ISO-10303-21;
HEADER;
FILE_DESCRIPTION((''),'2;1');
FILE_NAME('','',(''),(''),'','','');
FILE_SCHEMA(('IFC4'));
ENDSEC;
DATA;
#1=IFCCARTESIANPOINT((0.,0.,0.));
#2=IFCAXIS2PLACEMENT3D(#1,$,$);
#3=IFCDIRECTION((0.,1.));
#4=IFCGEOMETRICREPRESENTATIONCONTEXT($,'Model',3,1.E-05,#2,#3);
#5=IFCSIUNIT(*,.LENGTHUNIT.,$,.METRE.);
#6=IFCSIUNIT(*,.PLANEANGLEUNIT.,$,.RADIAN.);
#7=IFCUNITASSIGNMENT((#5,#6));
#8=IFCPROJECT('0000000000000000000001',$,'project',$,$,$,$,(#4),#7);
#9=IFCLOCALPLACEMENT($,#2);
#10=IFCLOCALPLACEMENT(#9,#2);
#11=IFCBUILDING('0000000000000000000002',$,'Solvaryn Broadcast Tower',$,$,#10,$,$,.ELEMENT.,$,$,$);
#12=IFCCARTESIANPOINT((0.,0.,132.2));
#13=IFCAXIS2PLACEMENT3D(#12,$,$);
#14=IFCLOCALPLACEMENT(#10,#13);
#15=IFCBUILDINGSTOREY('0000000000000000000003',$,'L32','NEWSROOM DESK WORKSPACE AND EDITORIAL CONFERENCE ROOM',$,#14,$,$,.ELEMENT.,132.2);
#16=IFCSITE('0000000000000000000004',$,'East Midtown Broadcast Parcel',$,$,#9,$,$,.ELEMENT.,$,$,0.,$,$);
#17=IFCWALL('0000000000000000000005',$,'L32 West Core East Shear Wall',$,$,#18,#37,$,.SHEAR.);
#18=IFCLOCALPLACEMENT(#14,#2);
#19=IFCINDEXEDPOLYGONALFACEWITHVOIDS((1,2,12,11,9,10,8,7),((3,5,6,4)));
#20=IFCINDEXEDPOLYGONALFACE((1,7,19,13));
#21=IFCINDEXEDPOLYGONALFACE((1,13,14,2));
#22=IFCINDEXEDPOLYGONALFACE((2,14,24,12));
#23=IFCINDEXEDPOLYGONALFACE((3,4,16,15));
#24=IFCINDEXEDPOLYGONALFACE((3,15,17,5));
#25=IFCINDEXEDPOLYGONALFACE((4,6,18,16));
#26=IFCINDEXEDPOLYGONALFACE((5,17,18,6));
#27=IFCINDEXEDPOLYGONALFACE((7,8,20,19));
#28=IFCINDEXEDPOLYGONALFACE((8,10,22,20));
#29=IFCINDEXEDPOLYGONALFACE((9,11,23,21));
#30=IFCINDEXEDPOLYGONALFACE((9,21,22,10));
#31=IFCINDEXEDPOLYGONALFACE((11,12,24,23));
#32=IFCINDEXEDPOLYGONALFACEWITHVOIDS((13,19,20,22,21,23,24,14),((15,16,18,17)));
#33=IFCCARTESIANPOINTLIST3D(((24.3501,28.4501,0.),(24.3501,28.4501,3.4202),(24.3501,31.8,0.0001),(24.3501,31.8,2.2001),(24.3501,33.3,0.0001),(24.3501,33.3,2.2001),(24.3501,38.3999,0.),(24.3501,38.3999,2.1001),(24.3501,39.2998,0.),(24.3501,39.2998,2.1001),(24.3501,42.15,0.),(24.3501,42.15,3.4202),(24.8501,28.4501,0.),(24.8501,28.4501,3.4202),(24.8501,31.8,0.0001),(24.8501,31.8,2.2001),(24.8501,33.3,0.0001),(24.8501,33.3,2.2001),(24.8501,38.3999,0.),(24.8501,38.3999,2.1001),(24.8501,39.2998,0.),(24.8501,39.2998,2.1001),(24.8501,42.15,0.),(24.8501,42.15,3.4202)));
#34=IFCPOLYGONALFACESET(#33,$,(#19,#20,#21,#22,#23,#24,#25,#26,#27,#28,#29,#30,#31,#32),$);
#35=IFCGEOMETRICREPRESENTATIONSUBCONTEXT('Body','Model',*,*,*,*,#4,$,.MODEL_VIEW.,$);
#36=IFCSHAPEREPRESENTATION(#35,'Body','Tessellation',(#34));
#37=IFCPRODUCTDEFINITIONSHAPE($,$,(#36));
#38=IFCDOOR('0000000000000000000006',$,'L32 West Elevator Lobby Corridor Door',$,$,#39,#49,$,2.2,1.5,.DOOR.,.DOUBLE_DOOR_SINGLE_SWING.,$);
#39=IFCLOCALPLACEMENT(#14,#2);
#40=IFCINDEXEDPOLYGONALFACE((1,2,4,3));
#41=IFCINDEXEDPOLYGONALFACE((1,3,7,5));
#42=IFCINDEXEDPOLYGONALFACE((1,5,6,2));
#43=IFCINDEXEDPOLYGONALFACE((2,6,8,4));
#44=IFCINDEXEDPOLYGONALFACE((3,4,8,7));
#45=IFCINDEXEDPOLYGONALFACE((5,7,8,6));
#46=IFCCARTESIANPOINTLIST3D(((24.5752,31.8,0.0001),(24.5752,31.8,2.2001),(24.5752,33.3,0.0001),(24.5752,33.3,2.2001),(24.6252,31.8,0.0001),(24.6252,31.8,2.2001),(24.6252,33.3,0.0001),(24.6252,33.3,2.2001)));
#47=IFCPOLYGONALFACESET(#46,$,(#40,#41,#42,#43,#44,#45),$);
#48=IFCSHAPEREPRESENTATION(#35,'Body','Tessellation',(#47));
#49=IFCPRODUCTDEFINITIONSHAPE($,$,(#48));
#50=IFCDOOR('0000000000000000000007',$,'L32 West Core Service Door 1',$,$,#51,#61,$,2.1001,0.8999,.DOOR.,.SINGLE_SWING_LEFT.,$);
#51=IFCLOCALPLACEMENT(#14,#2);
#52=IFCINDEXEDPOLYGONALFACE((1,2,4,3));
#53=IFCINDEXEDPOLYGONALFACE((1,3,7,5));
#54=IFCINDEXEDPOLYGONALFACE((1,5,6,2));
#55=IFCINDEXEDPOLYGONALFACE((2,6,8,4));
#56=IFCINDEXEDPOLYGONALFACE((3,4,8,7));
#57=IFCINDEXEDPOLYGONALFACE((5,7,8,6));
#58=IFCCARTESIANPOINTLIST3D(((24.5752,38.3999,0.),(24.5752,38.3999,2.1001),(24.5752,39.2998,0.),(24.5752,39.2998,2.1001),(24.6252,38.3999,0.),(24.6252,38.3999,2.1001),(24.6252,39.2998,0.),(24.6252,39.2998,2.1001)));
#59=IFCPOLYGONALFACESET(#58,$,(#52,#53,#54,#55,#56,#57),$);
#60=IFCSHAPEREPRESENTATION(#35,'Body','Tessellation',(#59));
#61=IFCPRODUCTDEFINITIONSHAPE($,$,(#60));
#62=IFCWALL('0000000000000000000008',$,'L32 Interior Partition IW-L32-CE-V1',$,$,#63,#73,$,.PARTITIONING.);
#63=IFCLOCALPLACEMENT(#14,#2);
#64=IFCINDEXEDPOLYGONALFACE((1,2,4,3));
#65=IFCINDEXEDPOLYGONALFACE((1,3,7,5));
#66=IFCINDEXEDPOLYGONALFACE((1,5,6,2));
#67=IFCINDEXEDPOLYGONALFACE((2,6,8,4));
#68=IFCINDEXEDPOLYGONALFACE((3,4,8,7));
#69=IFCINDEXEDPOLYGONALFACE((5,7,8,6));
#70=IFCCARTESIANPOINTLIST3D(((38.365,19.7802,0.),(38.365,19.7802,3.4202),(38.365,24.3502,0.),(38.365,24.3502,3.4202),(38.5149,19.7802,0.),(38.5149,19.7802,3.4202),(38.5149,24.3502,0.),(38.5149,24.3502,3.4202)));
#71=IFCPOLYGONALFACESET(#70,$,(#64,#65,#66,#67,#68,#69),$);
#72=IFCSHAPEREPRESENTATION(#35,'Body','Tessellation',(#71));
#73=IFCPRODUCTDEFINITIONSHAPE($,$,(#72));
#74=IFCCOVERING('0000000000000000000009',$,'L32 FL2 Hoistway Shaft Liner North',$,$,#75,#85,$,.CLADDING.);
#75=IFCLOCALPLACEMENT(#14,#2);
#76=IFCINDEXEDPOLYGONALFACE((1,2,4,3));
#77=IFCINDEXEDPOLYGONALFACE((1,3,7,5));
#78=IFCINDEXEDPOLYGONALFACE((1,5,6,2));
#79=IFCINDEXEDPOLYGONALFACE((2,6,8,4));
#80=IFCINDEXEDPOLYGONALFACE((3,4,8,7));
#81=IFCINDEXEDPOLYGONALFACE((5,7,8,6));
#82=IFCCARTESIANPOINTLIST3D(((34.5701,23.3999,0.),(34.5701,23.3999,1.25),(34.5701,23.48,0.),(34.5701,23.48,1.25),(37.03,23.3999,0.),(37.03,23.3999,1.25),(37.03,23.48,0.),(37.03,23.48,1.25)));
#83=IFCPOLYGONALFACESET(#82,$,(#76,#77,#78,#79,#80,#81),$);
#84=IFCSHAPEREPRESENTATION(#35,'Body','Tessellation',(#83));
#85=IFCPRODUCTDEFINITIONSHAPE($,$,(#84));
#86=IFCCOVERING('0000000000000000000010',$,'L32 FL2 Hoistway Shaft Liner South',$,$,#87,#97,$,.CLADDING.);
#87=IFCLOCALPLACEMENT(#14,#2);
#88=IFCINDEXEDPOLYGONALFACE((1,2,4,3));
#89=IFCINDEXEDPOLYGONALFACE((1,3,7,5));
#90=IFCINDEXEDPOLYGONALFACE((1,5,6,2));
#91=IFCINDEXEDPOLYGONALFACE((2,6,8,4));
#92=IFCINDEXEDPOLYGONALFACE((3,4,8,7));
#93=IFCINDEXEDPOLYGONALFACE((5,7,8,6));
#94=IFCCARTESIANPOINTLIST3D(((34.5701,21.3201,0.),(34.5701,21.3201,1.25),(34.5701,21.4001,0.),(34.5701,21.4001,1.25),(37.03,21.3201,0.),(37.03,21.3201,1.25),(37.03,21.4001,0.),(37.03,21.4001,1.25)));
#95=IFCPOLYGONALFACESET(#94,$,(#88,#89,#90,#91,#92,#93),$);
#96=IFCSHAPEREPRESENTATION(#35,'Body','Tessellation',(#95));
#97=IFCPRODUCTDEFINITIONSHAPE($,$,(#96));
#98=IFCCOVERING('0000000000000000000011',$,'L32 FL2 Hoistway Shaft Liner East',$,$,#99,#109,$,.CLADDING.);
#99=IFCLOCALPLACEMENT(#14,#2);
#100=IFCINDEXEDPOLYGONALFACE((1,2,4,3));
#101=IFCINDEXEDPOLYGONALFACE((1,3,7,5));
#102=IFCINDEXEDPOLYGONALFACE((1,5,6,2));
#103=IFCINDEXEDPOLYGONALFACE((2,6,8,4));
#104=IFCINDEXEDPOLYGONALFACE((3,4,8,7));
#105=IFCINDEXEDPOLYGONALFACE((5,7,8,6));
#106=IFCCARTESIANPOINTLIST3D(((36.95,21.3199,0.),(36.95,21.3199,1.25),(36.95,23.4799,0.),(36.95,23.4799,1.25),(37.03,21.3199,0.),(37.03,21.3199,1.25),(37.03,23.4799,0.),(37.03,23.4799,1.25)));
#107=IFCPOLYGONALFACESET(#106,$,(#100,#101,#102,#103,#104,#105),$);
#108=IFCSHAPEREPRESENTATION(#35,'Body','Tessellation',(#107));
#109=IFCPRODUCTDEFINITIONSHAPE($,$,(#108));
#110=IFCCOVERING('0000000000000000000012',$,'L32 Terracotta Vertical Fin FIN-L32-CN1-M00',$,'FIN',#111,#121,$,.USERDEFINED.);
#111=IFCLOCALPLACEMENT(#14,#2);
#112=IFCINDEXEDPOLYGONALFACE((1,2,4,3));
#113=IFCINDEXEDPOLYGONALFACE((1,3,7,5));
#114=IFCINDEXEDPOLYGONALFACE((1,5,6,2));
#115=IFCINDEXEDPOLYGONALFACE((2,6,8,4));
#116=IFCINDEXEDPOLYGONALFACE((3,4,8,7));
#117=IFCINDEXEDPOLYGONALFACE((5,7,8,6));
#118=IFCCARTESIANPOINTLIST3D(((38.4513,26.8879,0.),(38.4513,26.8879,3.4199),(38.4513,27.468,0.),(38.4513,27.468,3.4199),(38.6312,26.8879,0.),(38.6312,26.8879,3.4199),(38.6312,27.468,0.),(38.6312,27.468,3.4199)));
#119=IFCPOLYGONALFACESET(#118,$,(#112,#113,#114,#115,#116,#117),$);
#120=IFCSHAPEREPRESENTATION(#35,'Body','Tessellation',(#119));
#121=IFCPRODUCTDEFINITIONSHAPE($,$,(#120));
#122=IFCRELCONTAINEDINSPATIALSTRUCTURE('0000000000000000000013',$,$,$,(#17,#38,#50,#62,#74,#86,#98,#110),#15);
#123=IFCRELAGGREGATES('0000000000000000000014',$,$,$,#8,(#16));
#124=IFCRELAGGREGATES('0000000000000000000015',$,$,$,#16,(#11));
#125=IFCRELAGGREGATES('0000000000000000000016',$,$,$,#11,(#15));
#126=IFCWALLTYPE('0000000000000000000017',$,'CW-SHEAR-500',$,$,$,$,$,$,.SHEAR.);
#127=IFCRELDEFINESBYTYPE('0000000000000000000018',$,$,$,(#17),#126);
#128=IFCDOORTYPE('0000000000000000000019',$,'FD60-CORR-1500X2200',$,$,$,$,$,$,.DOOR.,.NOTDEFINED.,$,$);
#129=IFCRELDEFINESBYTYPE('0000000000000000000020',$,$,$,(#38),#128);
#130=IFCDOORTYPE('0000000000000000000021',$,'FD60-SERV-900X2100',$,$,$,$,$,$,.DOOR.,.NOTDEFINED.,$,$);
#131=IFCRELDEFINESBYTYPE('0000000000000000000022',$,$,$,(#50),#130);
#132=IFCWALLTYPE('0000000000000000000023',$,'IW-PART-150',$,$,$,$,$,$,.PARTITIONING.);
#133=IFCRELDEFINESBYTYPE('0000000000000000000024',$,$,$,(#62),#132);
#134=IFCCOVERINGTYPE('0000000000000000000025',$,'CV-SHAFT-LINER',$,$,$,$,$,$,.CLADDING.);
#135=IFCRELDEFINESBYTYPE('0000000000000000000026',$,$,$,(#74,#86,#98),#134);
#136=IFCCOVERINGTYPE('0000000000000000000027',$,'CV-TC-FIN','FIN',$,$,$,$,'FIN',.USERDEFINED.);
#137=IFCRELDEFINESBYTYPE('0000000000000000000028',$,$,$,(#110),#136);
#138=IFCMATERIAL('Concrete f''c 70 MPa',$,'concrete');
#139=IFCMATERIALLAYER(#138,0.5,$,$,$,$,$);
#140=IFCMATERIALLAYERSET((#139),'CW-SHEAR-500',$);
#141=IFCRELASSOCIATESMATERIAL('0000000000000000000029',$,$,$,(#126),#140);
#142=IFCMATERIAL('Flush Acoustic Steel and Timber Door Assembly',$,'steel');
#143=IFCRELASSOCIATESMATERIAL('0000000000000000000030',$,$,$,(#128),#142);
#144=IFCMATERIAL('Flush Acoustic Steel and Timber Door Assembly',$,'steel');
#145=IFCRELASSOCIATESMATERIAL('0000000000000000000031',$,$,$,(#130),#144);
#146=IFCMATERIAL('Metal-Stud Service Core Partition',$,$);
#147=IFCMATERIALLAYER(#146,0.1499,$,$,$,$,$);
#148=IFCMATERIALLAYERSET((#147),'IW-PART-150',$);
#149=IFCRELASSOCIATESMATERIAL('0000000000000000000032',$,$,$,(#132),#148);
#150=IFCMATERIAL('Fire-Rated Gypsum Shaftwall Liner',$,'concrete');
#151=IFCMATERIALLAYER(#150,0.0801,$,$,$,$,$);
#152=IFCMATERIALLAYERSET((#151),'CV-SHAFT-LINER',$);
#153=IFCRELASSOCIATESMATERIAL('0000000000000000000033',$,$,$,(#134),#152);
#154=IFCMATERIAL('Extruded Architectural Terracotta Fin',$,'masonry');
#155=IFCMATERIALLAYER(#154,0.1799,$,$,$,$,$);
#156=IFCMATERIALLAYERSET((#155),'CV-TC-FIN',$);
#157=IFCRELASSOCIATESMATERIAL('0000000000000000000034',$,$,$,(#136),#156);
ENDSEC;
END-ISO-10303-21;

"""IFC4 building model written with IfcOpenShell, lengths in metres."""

from ifc_helpers import new_model, si_unit, direction, frame, frame_2d, origin, origin_2d, place, context, subcontext, project, spatial, rectangle, extrude, material, layer, layer_set, type_object, element, fill, save


model = new_model("IFC4")

# Units and contexts
model_context = context("Model", 3, precision=1e-05, world=origin(), true_north=direction((0.0, 1.0)))
body_context = subcontext(model_context, "Body", "Model", "MODEL_VIEW")
ifc_project = project(units=[si_unit("LENGTHUNIT", "METRE"), si_unit("PLANEANGLEUNIT", "RADIAN")], contexts=[model_context])

# Site, building, storey
site_placement = place(None, origin())
site = spatial("IfcSite", under=ifc_project, at=site_placement, Name="East Midtown Broadcast Parcel", CompositionType="ELEMENT", RefElevation=0.0)
building_placement = place(site_placement, origin())
building = spatial("IfcBuilding", under=site, at=building_placement, Name="Solvaryn Broadcast Tower", CompositionType="ELEMENT")
storey_placement = place(building_placement, frame((0.0, 0.0, 132.2)))
storey = spatial("IfcBuildingStorey", under=building, at=storey_placement, Name="L32", Description="NEWSROOM DESK WORKSPACE AND EDITORIAL CONFERENCE ROOM", CompositionType="ELEMENT", Elevation=132.2)

# Wall, openings, doors
ifc_material_1 = material(Name="Concrete f'c 70 MPa", Category="concrete")
ifc_layer_1 = layer(ifc_material_1, 0.5)
ifc_layer_set_1 = layer_set([ifc_layer_1], Name="CW-SHEAR-500")
wall_type_1 = type_object("IfcWallType", Name="CW-SHEAR-500", PredefinedType="SHEAR", material=ifc_layer_set_1)
wall_1_placement = place(storey_placement, frame((24.6001, 28.45, 0.0), z_axis=(0.0, 0.0, 1.0), x_axis=(0.0, 1.0, 0.0)))
wall_1 = element("IfcWall", 1, at=wall_1_placement, inside=storey, type_object=wall_type_1, Name="L32 West Core East Shear Wall", PredefinedType="SHEAR", context=body_context, shape_type="SweptSolid", body=[
    extrude(rectangle(XDim=13.7, YDim=0.5, at=frame_2d((6.8501, 0.0))), origin(), (0.0, 0.0, 1.0), 3.4202),
])
opening_1_placement = place(wall_1_placement, frame((3.3501, 0.0, 0.0)))
opening_1 = element("IfcOpeningElement", 2, at=opening_1_placement, cuts=wall_1, PredefinedType="OPENING", context=body_context, shape_type="SweptSolid", body=[
    extrude(rectangle(XDim=1.5, YDim=2.2, at=frame_2d((0.75, 1.1001))), frame((0.0, 0.26, 0.0), z_axis=(0.0, -1.0, 0.0), x_axis=(1.0, 0.0, 0.0)), (0.0, 0.0, 1.0), 0.52),
])
opening_2_placement = place(wall_1_placement, frame((9.95, 0.0, 0.0)))
opening_2 = element("IfcOpeningElement", 3, at=opening_2_placement, cuts=wall_1, PredefinedType="OPENING", context=body_context, shape_type="SweptSolid", body=[
    extrude(rectangle(XDim=0.8999, YDim=2.1001, at=frame_2d((0.45, 1.05))), frame((0.0, 0.26, 0.0), z_axis=(0.0, -1.0, 0.0), x_axis=(1.0, 0.0, 0.0)), (0.0, 0.0, 1.0), 0.52),
])
ifc_material_2 = material(Name="Flush Acoustic Steel and Timber Door Assembly", Category="steel")
door_type_1 = type_object("IfcDoorType", Name="FD60-CORR-1500X2200", OperationType="NOTDEFINED", PredefinedType="DOOR", material=ifc_material_2)
door_1_placement = place(opening_1_placement, origin())
door_1 = element("IfcDoor", 4, at=door_1_placement, inside=storey, type_object=door_type_1, Name="L32 West Elevator Lobby Corridor Door", OperationType="DOUBLE_DOOR_SINGLE_SWING", OverallHeight=2.2, OverallWidth=1.5, PredefinedType="DOOR", context=body_context, shape_type="SweptSolid", body=[
    extrude(rectangle(XDim=1.5, YDim=2.2, at=frame_2d((0.75, 1.1001))), frame((0.0, 0.0249, 0.0), z_axis=(0.0, -1.0, 0.0), x_axis=(1.0, 0.0, 0.0)), (0.0, 0.0, 1.0), 0.05),
])
fill(opening_1, door_1)
ifc_material_3 = material(Name="Flush Acoustic Steel and Timber Door Assembly", Category="steel")
door_type_2 = type_object("IfcDoorType", Name="FD60-SERV-900X2100", OperationType="NOTDEFINED", PredefinedType="DOOR", material=ifc_material_3)
door_2_placement = place(opening_2_placement, origin())
door_2 = element("IfcDoor", 5, at=door_2_placement, inside=storey, type_object=door_type_2, Name="L32 West Core Service Door 1", OperationType="SINGLE_SWING_LEFT", OverallHeight=2.1001, OverallWidth=0.8999, PredefinedType="DOOR", context=body_context, shape_type="SweptSolid", body=[
    extrude(rectangle(XDim=0.8999, YDim=2.1001, at=frame_2d((0.45, 1.05))), frame((0.0, 0.0249, 0.0), z_axis=(0.0, -1.0, 0.0), x_axis=(1.0, 0.0, 0.0)), (0.0, 0.0, 1.0), 0.05),
])
fill(opening_2, door_2)

# Wall
ifc_material_4 = material(Name="Metal-Stud Service Core Partition")
ifc_layer_2 = layer(ifc_material_4, 0.1499)
ifc_layer_set_2 = layer_set([ifc_layer_2], Name="IW-PART-150")
wall_type_2 = type_object("IfcWallType", Name="IW-PART-150", PredefinedType="PARTITIONING", material=ifc_layer_set_2)
wall_2_placement = place(storey_placement, frame((38.4399, 19.78, 0.0), z_axis=(0.0, 0.0, 1.0), x_axis=(0.0, 1.0, 0.0)))
element("IfcWall", 6, at=wall_2_placement, inside=storey, type_object=wall_type_2, Name="L32 Interior Partition IW-L32-CE-V1", PredefinedType="PARTITIONING", context=body_context, shape_type="SweptSolid", body=[
    extrude(rectangle(XDim=4.5701, YDim=0.1499, at=frame_2d((2.2852, 0.0))), origin(), (0.0, 0.0, 1.0), 3.4202),
])

# Coverings
ifc_material_5 = material(Name="Fire-Rated Gypsum Shaftwall Liner", Category="concrete")
ifc_layer_3 = layer(ifc_material_5, 0.0801)
ifc_layer_set_3 = layer_set([ifc_layer_3], Name="CV-SHAFT-LINER")
covering_type_1 = type_object("IfcCoveringType", Name="CV-SHAFT-LINER", PredefinedType="CLADDING", material=ifc_layer_set_3)
for number, where, z_axis, x_axis, name in (
    (7, (35.8, 23.4399, 0.0), (0.0, 0.0, 1.0), (1.0, 0.0, 0.0), "L32 FL2 Hoistway Shaft Liner North"),
    (8, (35.8, 21.3601, 0.0), (0.0, 0.0, 1.0), (1.0, 0.0, 0.0), "L32 FL2 Hoistway Shaft Liner South"),
):
    element("IfcCovering", number, at=place(storey_placement, frame(where, z_axis=z_axis, x_axis=x_axis)), inside=storey, type_object=covering_type_1, Name=name, PredefinedType="CLADDING", context=body_context, shape_type="SweptSolid", body=[
        extrude(rectangle(XDim=2.46, YDim=0.0801, at=origin_2d()), origin(), (0.0, 0.0, 1.0), 1.25),
    ])
covering_1_placement = place(storey_placement, frame((36.99, 22.3999, 0.0), z_axis=(0.0, 0.0, 1.0), x_axis=(1.0, 0.0, 0.0)))
element("IfcCovering", 9, at=covering_1_placement, inside=storey, type_object=covering_type_1, Name="L32 FL2 Hoistway Shaft Liner East", PredefinedType="CLADDING", context=body_context, shape_type="SweptSolid", body=[
    extrude(rectangle(XDim=0.0801, YDim=2.1599, at=origin_2d()), origin(), (0.0, 0.0, 1.0), 1.25),
])
ifc_material_6 = material(Name="Extruded Architectural Terracotta Fin", Category="masonry")
ifc_layer_4 = layer(ifc_material_6, 0.1799)
ifc_layer_set_4 = layer_set([ifc_layer_4], Name="CV-TC-FIN")
covering_type_2 = type_object("IfcCoveringType", Name="CV-TC-FIN", Description="FIN", ElementType="FIN", PredefinedType="USERDEFINED", material=ifc_layer_set_4)
covering_2_placement = place(storey_placement, frame((38.5413, 27.178, 0.0), z_axis=(0.0, 0.0, 1.0), x_axis=(1.0, 0.0, 0.0)))
element("IfcCovering", 10, at=covering_2_placement, inside=storey, type_object=covering_type_2, Name="L32 Terracotta Vertical Fin FIN-L32-CN1-M00", ObjectType="FIN", PredefinedType="USERDEFINED", context=body_context, shape_type="SweptSolid", body=[
    extrude(rectangle(XDim=0.1799, YDim=0.5801, at=origin_2d()), origin(), (0.0, 0.0, 1.0), 3.4199),
])

save(model, "model.ifc")
